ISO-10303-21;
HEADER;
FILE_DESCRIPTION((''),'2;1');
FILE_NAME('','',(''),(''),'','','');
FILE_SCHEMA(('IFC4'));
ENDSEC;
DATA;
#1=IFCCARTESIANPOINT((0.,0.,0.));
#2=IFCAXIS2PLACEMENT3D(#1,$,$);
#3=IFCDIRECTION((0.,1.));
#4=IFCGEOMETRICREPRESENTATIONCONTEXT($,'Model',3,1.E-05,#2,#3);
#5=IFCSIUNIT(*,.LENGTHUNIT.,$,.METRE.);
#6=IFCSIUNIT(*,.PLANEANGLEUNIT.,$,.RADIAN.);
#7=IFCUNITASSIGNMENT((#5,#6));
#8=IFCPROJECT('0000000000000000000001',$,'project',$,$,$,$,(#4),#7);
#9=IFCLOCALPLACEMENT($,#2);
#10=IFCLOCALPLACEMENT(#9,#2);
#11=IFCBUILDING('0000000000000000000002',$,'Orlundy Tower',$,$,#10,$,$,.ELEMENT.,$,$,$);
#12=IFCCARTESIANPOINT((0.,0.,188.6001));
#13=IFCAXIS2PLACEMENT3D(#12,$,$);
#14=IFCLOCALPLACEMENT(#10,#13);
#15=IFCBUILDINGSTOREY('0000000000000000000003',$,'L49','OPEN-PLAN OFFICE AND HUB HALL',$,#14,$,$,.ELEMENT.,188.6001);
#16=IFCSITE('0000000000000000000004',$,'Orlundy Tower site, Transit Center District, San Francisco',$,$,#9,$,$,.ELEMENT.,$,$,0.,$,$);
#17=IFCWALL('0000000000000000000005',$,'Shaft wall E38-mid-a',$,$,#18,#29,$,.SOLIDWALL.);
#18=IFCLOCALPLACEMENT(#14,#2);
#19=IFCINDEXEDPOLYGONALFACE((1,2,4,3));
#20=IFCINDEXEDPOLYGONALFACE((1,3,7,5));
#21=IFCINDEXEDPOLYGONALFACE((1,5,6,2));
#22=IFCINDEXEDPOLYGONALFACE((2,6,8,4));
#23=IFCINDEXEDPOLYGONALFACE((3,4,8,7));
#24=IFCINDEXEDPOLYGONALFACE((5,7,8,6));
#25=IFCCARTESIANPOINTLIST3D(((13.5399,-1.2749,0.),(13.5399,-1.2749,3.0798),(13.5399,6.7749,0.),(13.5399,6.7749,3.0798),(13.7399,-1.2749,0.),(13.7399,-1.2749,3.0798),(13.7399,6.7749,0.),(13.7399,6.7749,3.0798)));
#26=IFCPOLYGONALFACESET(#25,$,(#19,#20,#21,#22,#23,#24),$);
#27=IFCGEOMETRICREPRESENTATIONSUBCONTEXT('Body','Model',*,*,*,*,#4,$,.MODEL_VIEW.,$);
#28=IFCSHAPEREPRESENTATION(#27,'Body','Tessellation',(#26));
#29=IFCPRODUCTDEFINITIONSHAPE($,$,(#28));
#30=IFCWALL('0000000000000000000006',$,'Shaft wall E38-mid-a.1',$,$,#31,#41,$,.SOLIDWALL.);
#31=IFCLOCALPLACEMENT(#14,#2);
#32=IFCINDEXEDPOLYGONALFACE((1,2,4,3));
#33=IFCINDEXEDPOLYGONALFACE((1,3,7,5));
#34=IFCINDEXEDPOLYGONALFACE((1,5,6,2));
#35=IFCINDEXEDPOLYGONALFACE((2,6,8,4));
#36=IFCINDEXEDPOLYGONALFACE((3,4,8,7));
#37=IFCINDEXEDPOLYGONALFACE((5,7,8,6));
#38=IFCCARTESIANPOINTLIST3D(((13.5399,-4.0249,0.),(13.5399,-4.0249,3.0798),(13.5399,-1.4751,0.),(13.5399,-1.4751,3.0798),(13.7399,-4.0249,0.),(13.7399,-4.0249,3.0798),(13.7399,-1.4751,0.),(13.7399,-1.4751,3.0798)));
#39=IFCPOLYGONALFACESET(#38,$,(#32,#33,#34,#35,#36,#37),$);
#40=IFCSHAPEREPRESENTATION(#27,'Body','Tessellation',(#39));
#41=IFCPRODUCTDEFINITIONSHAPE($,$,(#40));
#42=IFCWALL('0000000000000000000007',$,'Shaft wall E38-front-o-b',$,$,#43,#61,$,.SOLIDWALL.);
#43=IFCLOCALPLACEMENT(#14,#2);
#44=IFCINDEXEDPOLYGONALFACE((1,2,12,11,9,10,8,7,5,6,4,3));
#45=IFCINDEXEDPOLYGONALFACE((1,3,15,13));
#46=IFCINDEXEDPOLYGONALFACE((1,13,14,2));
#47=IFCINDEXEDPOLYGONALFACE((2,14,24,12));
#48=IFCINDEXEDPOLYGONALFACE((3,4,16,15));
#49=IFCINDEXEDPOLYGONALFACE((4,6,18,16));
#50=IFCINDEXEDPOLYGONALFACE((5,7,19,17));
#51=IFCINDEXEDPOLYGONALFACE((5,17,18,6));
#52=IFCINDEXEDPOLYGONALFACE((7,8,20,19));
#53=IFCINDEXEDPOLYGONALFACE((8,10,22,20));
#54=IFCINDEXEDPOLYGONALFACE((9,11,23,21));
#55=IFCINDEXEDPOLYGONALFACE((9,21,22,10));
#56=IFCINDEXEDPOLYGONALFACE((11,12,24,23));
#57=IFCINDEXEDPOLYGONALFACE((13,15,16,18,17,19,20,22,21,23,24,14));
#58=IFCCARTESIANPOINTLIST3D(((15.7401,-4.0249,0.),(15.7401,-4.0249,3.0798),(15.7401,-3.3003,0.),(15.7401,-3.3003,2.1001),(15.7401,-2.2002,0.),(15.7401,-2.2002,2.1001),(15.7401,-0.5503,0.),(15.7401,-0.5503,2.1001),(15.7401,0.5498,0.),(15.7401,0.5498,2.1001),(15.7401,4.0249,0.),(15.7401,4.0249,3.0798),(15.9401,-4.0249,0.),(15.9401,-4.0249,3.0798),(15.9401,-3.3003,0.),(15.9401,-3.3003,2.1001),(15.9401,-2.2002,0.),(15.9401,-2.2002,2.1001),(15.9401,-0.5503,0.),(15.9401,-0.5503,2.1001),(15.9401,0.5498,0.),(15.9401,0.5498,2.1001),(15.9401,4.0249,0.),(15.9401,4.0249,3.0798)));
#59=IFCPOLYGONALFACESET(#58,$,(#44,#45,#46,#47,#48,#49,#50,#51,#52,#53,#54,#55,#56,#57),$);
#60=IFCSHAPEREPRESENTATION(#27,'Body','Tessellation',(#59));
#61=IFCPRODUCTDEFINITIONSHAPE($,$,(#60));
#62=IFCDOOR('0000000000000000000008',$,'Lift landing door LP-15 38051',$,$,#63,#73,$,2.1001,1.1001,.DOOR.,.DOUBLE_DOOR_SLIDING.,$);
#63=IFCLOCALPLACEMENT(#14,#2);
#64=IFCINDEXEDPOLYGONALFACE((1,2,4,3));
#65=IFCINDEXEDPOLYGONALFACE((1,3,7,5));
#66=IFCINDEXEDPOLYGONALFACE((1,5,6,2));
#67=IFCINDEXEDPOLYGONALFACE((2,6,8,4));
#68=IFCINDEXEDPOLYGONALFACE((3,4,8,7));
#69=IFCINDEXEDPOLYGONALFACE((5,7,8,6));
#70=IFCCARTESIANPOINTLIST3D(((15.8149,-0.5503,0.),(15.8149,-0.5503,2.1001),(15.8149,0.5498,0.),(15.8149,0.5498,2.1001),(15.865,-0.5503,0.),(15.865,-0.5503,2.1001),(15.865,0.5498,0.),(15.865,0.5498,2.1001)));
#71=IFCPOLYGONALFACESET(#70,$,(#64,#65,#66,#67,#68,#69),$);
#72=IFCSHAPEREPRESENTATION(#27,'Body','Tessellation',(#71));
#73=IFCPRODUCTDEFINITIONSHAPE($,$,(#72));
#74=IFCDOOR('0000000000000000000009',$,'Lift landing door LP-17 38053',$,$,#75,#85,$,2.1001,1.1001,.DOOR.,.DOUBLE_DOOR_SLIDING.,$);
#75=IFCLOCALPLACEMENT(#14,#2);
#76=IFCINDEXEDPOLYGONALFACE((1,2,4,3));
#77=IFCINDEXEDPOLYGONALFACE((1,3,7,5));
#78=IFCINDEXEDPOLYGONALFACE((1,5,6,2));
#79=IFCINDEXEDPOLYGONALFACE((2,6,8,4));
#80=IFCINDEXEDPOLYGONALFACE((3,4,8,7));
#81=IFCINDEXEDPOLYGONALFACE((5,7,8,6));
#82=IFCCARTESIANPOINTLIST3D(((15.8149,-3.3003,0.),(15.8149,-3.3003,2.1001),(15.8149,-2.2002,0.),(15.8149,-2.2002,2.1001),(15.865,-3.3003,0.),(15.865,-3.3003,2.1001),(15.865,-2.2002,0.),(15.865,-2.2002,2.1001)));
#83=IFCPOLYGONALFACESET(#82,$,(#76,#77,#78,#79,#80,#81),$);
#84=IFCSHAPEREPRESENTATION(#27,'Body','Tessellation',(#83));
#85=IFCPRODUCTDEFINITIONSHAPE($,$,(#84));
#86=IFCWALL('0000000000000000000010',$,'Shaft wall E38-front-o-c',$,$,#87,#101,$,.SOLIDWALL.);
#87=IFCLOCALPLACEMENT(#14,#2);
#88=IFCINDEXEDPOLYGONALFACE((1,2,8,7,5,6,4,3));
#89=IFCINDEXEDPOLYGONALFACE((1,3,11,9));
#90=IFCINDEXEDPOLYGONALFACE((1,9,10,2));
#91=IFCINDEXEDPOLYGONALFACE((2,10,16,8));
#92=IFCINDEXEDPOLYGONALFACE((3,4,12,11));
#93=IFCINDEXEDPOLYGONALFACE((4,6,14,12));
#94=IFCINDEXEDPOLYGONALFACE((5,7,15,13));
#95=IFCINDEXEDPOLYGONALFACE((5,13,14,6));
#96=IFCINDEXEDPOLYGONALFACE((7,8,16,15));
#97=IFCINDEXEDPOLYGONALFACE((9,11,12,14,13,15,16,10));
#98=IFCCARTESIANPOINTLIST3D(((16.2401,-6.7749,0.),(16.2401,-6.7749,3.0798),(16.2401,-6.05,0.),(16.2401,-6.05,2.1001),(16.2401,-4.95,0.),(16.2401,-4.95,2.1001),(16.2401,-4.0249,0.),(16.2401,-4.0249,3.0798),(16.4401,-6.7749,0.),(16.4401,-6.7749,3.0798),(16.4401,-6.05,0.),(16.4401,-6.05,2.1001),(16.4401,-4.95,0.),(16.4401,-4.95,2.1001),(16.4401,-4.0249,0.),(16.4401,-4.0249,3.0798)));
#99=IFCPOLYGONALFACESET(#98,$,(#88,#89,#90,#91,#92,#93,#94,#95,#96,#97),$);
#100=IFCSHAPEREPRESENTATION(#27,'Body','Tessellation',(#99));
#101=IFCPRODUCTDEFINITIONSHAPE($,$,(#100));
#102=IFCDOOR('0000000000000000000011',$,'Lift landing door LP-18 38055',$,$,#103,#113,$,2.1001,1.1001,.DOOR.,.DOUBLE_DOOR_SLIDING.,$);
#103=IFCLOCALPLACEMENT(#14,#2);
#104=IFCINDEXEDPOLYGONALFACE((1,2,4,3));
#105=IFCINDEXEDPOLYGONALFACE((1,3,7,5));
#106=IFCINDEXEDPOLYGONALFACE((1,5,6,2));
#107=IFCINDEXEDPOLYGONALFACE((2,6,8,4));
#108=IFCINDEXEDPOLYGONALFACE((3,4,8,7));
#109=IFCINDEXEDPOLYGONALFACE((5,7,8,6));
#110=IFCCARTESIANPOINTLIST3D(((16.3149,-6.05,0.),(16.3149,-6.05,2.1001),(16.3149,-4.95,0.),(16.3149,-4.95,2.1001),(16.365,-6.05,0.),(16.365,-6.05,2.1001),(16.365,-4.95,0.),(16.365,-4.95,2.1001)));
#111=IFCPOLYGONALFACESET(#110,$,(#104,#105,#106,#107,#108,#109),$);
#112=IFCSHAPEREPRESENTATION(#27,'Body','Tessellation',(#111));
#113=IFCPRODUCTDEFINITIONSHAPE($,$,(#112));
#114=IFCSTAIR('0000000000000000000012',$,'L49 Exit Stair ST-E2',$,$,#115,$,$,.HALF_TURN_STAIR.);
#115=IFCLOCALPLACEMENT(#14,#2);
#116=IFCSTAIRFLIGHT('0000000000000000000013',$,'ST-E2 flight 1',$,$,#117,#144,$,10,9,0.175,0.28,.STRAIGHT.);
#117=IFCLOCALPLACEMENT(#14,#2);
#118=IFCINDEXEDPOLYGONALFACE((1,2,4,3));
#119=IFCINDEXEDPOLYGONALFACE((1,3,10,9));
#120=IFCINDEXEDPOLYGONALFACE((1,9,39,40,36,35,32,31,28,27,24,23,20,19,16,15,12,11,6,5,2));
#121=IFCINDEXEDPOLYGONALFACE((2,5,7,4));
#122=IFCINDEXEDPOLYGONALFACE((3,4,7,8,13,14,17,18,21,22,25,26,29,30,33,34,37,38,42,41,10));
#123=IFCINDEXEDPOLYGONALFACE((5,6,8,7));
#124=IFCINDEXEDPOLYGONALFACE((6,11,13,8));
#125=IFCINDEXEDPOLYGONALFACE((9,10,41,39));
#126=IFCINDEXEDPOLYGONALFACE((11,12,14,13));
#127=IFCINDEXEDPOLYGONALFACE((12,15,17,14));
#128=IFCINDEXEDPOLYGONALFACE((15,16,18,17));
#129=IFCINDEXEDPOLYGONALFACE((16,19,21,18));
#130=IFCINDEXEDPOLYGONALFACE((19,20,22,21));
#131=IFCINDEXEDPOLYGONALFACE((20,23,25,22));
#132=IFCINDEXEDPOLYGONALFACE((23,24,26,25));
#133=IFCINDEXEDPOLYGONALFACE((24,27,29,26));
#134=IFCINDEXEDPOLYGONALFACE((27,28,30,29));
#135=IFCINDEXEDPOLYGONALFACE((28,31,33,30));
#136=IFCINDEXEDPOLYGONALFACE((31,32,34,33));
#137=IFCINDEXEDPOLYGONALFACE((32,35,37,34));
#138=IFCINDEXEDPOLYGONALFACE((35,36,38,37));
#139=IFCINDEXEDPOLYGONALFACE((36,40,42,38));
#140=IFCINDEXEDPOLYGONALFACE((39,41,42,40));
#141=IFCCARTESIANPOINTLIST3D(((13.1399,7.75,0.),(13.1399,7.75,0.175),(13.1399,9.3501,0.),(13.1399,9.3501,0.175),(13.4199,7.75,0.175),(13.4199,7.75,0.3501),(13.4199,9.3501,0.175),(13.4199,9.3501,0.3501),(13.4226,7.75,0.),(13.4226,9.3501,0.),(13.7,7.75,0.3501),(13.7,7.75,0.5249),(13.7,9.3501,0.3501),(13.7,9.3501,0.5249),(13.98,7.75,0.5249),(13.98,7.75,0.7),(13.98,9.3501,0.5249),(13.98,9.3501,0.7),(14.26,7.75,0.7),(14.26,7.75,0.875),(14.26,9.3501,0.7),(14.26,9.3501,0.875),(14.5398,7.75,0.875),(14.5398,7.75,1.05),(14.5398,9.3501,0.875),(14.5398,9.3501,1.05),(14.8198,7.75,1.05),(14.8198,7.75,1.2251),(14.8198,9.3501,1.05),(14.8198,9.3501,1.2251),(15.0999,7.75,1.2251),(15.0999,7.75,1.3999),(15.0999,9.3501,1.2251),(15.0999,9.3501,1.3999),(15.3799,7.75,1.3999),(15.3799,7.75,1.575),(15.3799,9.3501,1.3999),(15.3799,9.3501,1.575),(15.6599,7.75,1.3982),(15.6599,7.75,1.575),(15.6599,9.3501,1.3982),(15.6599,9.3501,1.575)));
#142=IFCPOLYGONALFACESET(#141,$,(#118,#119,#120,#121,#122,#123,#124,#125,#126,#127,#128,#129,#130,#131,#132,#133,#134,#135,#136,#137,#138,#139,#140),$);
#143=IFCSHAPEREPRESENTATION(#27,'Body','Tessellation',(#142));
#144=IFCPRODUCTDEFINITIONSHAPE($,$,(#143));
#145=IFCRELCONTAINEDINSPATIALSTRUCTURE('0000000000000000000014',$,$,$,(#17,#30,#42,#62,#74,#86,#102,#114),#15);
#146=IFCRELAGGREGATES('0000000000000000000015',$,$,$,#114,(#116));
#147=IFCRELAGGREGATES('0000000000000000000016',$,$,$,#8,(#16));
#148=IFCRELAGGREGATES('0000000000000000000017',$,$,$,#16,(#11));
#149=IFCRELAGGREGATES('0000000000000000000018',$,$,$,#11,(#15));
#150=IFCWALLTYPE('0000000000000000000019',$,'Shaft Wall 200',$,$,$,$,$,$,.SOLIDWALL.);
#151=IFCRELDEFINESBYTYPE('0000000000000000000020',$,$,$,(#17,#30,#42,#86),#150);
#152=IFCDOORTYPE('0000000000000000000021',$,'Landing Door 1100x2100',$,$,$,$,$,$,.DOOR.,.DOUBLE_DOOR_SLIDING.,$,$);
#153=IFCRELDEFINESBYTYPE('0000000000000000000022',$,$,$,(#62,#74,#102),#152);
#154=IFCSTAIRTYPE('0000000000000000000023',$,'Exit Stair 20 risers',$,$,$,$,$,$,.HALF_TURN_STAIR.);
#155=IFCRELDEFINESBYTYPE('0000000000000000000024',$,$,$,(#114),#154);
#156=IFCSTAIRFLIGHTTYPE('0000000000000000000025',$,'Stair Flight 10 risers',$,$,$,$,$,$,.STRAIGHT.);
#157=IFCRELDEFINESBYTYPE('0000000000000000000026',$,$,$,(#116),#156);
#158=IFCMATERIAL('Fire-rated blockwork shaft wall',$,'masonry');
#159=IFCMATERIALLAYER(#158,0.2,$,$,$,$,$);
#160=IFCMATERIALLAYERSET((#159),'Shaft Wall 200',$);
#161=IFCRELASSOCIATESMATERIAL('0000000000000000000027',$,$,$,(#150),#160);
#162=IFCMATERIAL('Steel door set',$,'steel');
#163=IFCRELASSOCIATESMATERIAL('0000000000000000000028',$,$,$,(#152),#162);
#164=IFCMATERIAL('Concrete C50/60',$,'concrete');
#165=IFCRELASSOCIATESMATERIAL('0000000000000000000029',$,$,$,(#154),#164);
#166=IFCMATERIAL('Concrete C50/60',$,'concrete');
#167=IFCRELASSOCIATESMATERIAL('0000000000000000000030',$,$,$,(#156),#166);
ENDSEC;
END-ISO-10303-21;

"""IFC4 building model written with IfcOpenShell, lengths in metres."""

from ifc_helpers import new_model, si_unit, direction, frame, frame_2d, origin, place, context, subcontext, project, spatial, polyline, rectangle, outline, extrude, material, layer, layer_set, type_object, element, fill, aggregate, save


model = new_model("IFC4")

# Units and contexts
model_context = context("Model", 3, precision=1e-05, world=origin(), true_north=direction((0.0, 1.0)))
body_context = subcontext(model_context, "Body", "Model", "MODEL_VIEW")
ifc_project = project(units=[si_unit("LENGTHUNIT", "METRE"), si_unit("PLANEANGLEUNIT", "RADIAN")], contexts=[model_context])

# Site, building, storey
site_placement = place(None, origin())
site = spatial("IfcSite", under=ifc_project, at=site_placement, Name="Orlundy Tower site, Transit Center District, San Francisco", CompositionType="ELEMENT", RefElevation=0.0)
building_placement = place(site_placement, origin())
building = spatial("IfcBuilding", under=site, at=building_placement, Name="Orlundy Tower", CompositionType="ELEMENT")
storey_placement = place(building_placement, frame((0.0, 0.0, 188.6001)))
storey = spatial("IfcBuildingStorey", under=building, at=storey_placement, Name="L49", Description="OPEN-PLAN OFFICE AND HUB HALL", CompositionType="ELEMENT", Elevation=188.6001)

# Shared definitions
ifc_material_1 = material(Name="Fire-rated blockwork shaft wall", Category="masonry")
ifc_layer_1 = layer(ifc_material_1, 0.2)
ifc_layer_set_1 = layer_set([ifc_layer_1], Name="Shaft Wall 200")
wall_type_1 = type_object("IfcWallType", Name="Shaft Wall 200", PredefinedType="SOLIDWALL", material=ifc_layer_set_1)

# Shared definitions
ifc_material_2 = material(Name="Steel door set", Category="steel")
door_type_1 = type_object("IfcDoorType", Name="Landing Door 1100x2100", OperationType="DOUBLE_DOOR_SLIDING", PredefinedType="DOOR", material=ifc_material_2)

# Walls
wall_1_placement = place(storey_placement, frame((13.6399, 6.7749, 0.0), z_axis=(0.0, 0.0, 1.0), x_axis=(0.0, -1.0, 0.0)))
element("IfcWall", 1, at=wall_1_placement, inside=storey, type_object=wall_type_1, Name="Shaft wall E38-mid-a", PredefinedType="SOLIDWALL", context=body_context, shape_type="SweptSolid", body=[
    extrude(rectangle(XDim=8.0498, YDim=0.2, at=frame_2d((4.0249, 0.0))), origin(), (0.0, 0.0, 1.0), 3.0798),
])
wall_2_placement = place(storey_placement, frame((13.6399, -1.4751, 0.0), z_axis=(0.0, 0.0, 1.0), x_axis=(0.0, -1.0, 0.0)))
element("IfcWall", 2, at=wall_2_placement, inside=storey, type_object=wall_type_1, Name="Shaft wall E38-mid-a.1", PredefinedType="SOLIDWALL", context=body_context, shape_type="SweptSolid", body=[
    extrude(rectangle(XDim=2.5498, YDim=0.2, at=frame_2d((1.2749, 0.0))), origin(), (0.0, 0.0, 1.0), 3.0798),
])

# Wall, openings, doors
wall_3_placement = place(storey_placement, frame((15.8401, 4.0249, 0.0), z_axis=(0.0, 0.0, 1.0), x_axis=(0.0, -1.0, 0.0)))
wall_3 = element("IfcWall", 3, at=wall_3_placement, inside=storey, type_object=wall_type_1, Name="Shaft wall E38-front-o-b", PredefinedType="SOLIDWALL", context=body_context, shape_type="SweptSolid", body=[
    extrude(rectangle(XDim=8.0498, YDim=0.2, at=frame_2d((4.0249, 0.0))), origin(), (0.0, 0.0, 1.0), 3.0798),
])
opening_1_placement = place(wall_3_placement, frame((3.4751, 0.0, 0.0)))
opening_1 = element("IfcOpeningElement", 4, at=opening_1_placement, cuts=wall_3, PredefinedType="OPENING", context=body_context, shape_type="SweptSolid", body=[
    extrude(rectangle(XDim=1.1001, YDim=2.1001, at=frame_2d((0.55, 1.05))), frame((0.0, 0.1101, 0.0), z_axis=(0.0, -1.0, 0.0), x_axis=(1.0, 0.0, 0.0)), (0.0, 0.0, 1.0), 0.2202),
])
opening_2_placement = place(wall_3_placement, frame((6.2251, 0.0, 0.0)))
opening_2 = element("IfcOpeningElement", 5, at=opening_2_placement, cuts=wall_3, PredefinedType="OPENING", context=body_context, shape_type="SweptSolid", body=[
    extrude(rectangle(XDim=1.1001, YDim=2.1001, at=frame_2d((0.55, 1.05))), frame((0.0, 0.1101, 0.0), z_axis=(0.0, -1.0, 0.0), x_axis=(1.0, 0.0, 0.0)), (0.0, 0.0, 1.0), 0.2202),
])
door_1_placement = place(opening_1_placement, origin())
door_1 = element("IfcDoor", 6, at=door_1_placement, inside=storey, type_object=door_type_1, Name="Lift landing door LP-15 38051", OperationType="DOUBLE_DOOR_SLIDING", OverallHeight=2.1001, OverallWidth=1.1001, PredefinedType="DOOR", context=body_context, shape_type="SweptSolid", body=[
    extrude(rectangle(XDim=1.1001, YDim=2.1001, at=frame_2d((0.55, 1.05))), frame((0.0, 0.0249, 0.0), z_axis=(0.0, -1.0, 0.0), x_axis=(1.0, 0.0, 0.0)), (0.0, 0.0, 1.0), 0.05),
])
fill(opening_1, door_1)
door_2_placement = place(opening_2_placement, origin())
door_2 = element("IfcDoor", 7, at=door_2_placement, inside=storey, type_object=door_type_1, Name="Lift landing door LP-17 38053", OperationType="DOUBLE_DOOR_SLIDING", OverallHeight=2.1001, OverallWidth=1.1001, PredefinedType="DOOR", context=body_context, shape_type="SweptSolid", body=[
    extrude(rectangle(XDim=1.1001, YDim=2.1001, at=frame_2d((0.55, 1.05))), frame((0.0, 0.0249, 0.0), z_axis=(0.0, -1.0, 0.0), x_axis=(1.0, 0.0, 0.0)), (0.0, 0.0, 1.0), 0.05),
])
fill(opening_2, door_2)

# Wall, opening, door
wall_4_placement = place(storey_placement, frame((16.3401, -4.0249, 0.0), z_axis=(0.0, 0.0, 1.0), x_axis=(0.0, -1.0, 0.0)))
wall_4 = element("IfcWall", 8, at=wall_4_placement, inside=storey, type_object=wall_type_1, Name="Shaft wall E38-front-o-c", PredefinedType="SOLIDWALL", context=body_context, shape_type="SweptSolid", body=[
    extrude(rectangle(XDim=2.75, YDim=0.2, at=frame_2d((1.375, 0.0))), origin(), (0.0, 0.0, 1.0), 3.0798),
])
opening_3_placement = place(wall_4_placement, frame((0.925, 0.0, 0.0)))
opening_3 = element("IfcOpeningElement", 9, at=opening_3_placement, cuts=wall_4, PredefinedType="OPENING", context=body_context, shape_type="SweptSolid", body=[
    extrude(rectangle(XDim=1.1001, YDim=2.1001, at=frame_2d((0.55, 1.05))), frame((0.0, 0.1101, 0.0), z_axis=(0.0, -1.0, 0.0), x_axis=(1.0, 0.0, 0.0)), (0.0, 0.0, 1.0), 0.2202),
])
door_3_placement = place(opening_3_placement, origin())
door_3 = element("IfcDoor", 10, at=door_3_placement, inside=storey, type_object=door_type_1, Name="Lift landing door LP-18 38055", OperationType="DOUBLE_DOOR_SLIDING", OverallHeight=2.1001, OverallWidth=1.1001, PredefinedType="DOOR", context=body_context, shape_type="SweptSolid", body=[
    extrude(rectangle(XDim=1.1001, YDim=2.1001, at=frame_2d((0.55, 1.05))), frame((0.0, 0.0249, 0.0), z_axis=(0.0, -1.0, 0.0), x_axis=(1.0, 0.0, 0.0)), (0.0, 0.0, 1.0), 0.05),
])
fill(opening_3, door_3)

# Stair, stair flight
ifc_material_3 = material(Name="Concrete C50/60", Category="concrete")
stair_type = type_object("IfcStairType", Name="Exit Stair 20 risers", PredefinedType="HALF_TURN_STAIR", material=ifc_material_3)
stair_placement = place(storey_placement, origin())
stair = element("IfcStair", 11, at=stair_placement, inside=storey, type_object=stair_type, Name="L49 Exit Stair ST-E2", PredefinedType="HALF_TURN_STAIR")
ifc_material_4 = material(Name="Concrete C50/60", Category="concrete")
stair_flight_type = type_object("IfcStairFlightType", Name="Stair Flight 10 risers", PredefinedType="STRAIGHT", material=ifc_material_4)
stair_flight_placement = place(storey_placement, frame((13.1399, 8.55, 0.0), z_axis=(0.0, 0.0, 1.0), x_axis=(1.0, 0.0, 0.0)))
stair_flight = element("IfcStairFlight", 12, at=stair_flight_placement, type_object=stair_flight_type, Name="ST-E2 flight 1", NumberOfRisers=10, NumberOfTreads=9, PredefinedType="STRAIGHT", RiserHeight=0.175, TreadLength=0.28, context=body_context, shape_type="SweptSolid", body=[
    extrude(outline(polyline([(0.0, 0.0), (0.0, 0.175), (0.28, 0.175), (0.28, 0.3501), (0.5601, 0.3501), (0.5601, 0.5249), (0.8401, 0.5249), (0.8401, 0.7), (1.1201, 0.7), (1.1201, 0.875), (1.3999, 0.875), (1.3999, 1.05), (1.6799, 1.05), (1.6799, 1.2251), (1.96, 1.2251), (1.96, 1.3999), (2.24, 1.3999), (2.24, 1.575), (2.52, 1.575), (2.52, 1.75), (2.52, 1.3982), (0.2827, 0.0), (0.0, 0.0)])), frame((0.0, 0.8, 0.0), z_axis=(0.0, -1.0, 0.0), x_axis=(1.0, 0.0, 0.0)), (0.0, 0.0, 1.0), 1.6001),
])
aggregate(stair, [stair_flight])

save(model, "model.ifc")
